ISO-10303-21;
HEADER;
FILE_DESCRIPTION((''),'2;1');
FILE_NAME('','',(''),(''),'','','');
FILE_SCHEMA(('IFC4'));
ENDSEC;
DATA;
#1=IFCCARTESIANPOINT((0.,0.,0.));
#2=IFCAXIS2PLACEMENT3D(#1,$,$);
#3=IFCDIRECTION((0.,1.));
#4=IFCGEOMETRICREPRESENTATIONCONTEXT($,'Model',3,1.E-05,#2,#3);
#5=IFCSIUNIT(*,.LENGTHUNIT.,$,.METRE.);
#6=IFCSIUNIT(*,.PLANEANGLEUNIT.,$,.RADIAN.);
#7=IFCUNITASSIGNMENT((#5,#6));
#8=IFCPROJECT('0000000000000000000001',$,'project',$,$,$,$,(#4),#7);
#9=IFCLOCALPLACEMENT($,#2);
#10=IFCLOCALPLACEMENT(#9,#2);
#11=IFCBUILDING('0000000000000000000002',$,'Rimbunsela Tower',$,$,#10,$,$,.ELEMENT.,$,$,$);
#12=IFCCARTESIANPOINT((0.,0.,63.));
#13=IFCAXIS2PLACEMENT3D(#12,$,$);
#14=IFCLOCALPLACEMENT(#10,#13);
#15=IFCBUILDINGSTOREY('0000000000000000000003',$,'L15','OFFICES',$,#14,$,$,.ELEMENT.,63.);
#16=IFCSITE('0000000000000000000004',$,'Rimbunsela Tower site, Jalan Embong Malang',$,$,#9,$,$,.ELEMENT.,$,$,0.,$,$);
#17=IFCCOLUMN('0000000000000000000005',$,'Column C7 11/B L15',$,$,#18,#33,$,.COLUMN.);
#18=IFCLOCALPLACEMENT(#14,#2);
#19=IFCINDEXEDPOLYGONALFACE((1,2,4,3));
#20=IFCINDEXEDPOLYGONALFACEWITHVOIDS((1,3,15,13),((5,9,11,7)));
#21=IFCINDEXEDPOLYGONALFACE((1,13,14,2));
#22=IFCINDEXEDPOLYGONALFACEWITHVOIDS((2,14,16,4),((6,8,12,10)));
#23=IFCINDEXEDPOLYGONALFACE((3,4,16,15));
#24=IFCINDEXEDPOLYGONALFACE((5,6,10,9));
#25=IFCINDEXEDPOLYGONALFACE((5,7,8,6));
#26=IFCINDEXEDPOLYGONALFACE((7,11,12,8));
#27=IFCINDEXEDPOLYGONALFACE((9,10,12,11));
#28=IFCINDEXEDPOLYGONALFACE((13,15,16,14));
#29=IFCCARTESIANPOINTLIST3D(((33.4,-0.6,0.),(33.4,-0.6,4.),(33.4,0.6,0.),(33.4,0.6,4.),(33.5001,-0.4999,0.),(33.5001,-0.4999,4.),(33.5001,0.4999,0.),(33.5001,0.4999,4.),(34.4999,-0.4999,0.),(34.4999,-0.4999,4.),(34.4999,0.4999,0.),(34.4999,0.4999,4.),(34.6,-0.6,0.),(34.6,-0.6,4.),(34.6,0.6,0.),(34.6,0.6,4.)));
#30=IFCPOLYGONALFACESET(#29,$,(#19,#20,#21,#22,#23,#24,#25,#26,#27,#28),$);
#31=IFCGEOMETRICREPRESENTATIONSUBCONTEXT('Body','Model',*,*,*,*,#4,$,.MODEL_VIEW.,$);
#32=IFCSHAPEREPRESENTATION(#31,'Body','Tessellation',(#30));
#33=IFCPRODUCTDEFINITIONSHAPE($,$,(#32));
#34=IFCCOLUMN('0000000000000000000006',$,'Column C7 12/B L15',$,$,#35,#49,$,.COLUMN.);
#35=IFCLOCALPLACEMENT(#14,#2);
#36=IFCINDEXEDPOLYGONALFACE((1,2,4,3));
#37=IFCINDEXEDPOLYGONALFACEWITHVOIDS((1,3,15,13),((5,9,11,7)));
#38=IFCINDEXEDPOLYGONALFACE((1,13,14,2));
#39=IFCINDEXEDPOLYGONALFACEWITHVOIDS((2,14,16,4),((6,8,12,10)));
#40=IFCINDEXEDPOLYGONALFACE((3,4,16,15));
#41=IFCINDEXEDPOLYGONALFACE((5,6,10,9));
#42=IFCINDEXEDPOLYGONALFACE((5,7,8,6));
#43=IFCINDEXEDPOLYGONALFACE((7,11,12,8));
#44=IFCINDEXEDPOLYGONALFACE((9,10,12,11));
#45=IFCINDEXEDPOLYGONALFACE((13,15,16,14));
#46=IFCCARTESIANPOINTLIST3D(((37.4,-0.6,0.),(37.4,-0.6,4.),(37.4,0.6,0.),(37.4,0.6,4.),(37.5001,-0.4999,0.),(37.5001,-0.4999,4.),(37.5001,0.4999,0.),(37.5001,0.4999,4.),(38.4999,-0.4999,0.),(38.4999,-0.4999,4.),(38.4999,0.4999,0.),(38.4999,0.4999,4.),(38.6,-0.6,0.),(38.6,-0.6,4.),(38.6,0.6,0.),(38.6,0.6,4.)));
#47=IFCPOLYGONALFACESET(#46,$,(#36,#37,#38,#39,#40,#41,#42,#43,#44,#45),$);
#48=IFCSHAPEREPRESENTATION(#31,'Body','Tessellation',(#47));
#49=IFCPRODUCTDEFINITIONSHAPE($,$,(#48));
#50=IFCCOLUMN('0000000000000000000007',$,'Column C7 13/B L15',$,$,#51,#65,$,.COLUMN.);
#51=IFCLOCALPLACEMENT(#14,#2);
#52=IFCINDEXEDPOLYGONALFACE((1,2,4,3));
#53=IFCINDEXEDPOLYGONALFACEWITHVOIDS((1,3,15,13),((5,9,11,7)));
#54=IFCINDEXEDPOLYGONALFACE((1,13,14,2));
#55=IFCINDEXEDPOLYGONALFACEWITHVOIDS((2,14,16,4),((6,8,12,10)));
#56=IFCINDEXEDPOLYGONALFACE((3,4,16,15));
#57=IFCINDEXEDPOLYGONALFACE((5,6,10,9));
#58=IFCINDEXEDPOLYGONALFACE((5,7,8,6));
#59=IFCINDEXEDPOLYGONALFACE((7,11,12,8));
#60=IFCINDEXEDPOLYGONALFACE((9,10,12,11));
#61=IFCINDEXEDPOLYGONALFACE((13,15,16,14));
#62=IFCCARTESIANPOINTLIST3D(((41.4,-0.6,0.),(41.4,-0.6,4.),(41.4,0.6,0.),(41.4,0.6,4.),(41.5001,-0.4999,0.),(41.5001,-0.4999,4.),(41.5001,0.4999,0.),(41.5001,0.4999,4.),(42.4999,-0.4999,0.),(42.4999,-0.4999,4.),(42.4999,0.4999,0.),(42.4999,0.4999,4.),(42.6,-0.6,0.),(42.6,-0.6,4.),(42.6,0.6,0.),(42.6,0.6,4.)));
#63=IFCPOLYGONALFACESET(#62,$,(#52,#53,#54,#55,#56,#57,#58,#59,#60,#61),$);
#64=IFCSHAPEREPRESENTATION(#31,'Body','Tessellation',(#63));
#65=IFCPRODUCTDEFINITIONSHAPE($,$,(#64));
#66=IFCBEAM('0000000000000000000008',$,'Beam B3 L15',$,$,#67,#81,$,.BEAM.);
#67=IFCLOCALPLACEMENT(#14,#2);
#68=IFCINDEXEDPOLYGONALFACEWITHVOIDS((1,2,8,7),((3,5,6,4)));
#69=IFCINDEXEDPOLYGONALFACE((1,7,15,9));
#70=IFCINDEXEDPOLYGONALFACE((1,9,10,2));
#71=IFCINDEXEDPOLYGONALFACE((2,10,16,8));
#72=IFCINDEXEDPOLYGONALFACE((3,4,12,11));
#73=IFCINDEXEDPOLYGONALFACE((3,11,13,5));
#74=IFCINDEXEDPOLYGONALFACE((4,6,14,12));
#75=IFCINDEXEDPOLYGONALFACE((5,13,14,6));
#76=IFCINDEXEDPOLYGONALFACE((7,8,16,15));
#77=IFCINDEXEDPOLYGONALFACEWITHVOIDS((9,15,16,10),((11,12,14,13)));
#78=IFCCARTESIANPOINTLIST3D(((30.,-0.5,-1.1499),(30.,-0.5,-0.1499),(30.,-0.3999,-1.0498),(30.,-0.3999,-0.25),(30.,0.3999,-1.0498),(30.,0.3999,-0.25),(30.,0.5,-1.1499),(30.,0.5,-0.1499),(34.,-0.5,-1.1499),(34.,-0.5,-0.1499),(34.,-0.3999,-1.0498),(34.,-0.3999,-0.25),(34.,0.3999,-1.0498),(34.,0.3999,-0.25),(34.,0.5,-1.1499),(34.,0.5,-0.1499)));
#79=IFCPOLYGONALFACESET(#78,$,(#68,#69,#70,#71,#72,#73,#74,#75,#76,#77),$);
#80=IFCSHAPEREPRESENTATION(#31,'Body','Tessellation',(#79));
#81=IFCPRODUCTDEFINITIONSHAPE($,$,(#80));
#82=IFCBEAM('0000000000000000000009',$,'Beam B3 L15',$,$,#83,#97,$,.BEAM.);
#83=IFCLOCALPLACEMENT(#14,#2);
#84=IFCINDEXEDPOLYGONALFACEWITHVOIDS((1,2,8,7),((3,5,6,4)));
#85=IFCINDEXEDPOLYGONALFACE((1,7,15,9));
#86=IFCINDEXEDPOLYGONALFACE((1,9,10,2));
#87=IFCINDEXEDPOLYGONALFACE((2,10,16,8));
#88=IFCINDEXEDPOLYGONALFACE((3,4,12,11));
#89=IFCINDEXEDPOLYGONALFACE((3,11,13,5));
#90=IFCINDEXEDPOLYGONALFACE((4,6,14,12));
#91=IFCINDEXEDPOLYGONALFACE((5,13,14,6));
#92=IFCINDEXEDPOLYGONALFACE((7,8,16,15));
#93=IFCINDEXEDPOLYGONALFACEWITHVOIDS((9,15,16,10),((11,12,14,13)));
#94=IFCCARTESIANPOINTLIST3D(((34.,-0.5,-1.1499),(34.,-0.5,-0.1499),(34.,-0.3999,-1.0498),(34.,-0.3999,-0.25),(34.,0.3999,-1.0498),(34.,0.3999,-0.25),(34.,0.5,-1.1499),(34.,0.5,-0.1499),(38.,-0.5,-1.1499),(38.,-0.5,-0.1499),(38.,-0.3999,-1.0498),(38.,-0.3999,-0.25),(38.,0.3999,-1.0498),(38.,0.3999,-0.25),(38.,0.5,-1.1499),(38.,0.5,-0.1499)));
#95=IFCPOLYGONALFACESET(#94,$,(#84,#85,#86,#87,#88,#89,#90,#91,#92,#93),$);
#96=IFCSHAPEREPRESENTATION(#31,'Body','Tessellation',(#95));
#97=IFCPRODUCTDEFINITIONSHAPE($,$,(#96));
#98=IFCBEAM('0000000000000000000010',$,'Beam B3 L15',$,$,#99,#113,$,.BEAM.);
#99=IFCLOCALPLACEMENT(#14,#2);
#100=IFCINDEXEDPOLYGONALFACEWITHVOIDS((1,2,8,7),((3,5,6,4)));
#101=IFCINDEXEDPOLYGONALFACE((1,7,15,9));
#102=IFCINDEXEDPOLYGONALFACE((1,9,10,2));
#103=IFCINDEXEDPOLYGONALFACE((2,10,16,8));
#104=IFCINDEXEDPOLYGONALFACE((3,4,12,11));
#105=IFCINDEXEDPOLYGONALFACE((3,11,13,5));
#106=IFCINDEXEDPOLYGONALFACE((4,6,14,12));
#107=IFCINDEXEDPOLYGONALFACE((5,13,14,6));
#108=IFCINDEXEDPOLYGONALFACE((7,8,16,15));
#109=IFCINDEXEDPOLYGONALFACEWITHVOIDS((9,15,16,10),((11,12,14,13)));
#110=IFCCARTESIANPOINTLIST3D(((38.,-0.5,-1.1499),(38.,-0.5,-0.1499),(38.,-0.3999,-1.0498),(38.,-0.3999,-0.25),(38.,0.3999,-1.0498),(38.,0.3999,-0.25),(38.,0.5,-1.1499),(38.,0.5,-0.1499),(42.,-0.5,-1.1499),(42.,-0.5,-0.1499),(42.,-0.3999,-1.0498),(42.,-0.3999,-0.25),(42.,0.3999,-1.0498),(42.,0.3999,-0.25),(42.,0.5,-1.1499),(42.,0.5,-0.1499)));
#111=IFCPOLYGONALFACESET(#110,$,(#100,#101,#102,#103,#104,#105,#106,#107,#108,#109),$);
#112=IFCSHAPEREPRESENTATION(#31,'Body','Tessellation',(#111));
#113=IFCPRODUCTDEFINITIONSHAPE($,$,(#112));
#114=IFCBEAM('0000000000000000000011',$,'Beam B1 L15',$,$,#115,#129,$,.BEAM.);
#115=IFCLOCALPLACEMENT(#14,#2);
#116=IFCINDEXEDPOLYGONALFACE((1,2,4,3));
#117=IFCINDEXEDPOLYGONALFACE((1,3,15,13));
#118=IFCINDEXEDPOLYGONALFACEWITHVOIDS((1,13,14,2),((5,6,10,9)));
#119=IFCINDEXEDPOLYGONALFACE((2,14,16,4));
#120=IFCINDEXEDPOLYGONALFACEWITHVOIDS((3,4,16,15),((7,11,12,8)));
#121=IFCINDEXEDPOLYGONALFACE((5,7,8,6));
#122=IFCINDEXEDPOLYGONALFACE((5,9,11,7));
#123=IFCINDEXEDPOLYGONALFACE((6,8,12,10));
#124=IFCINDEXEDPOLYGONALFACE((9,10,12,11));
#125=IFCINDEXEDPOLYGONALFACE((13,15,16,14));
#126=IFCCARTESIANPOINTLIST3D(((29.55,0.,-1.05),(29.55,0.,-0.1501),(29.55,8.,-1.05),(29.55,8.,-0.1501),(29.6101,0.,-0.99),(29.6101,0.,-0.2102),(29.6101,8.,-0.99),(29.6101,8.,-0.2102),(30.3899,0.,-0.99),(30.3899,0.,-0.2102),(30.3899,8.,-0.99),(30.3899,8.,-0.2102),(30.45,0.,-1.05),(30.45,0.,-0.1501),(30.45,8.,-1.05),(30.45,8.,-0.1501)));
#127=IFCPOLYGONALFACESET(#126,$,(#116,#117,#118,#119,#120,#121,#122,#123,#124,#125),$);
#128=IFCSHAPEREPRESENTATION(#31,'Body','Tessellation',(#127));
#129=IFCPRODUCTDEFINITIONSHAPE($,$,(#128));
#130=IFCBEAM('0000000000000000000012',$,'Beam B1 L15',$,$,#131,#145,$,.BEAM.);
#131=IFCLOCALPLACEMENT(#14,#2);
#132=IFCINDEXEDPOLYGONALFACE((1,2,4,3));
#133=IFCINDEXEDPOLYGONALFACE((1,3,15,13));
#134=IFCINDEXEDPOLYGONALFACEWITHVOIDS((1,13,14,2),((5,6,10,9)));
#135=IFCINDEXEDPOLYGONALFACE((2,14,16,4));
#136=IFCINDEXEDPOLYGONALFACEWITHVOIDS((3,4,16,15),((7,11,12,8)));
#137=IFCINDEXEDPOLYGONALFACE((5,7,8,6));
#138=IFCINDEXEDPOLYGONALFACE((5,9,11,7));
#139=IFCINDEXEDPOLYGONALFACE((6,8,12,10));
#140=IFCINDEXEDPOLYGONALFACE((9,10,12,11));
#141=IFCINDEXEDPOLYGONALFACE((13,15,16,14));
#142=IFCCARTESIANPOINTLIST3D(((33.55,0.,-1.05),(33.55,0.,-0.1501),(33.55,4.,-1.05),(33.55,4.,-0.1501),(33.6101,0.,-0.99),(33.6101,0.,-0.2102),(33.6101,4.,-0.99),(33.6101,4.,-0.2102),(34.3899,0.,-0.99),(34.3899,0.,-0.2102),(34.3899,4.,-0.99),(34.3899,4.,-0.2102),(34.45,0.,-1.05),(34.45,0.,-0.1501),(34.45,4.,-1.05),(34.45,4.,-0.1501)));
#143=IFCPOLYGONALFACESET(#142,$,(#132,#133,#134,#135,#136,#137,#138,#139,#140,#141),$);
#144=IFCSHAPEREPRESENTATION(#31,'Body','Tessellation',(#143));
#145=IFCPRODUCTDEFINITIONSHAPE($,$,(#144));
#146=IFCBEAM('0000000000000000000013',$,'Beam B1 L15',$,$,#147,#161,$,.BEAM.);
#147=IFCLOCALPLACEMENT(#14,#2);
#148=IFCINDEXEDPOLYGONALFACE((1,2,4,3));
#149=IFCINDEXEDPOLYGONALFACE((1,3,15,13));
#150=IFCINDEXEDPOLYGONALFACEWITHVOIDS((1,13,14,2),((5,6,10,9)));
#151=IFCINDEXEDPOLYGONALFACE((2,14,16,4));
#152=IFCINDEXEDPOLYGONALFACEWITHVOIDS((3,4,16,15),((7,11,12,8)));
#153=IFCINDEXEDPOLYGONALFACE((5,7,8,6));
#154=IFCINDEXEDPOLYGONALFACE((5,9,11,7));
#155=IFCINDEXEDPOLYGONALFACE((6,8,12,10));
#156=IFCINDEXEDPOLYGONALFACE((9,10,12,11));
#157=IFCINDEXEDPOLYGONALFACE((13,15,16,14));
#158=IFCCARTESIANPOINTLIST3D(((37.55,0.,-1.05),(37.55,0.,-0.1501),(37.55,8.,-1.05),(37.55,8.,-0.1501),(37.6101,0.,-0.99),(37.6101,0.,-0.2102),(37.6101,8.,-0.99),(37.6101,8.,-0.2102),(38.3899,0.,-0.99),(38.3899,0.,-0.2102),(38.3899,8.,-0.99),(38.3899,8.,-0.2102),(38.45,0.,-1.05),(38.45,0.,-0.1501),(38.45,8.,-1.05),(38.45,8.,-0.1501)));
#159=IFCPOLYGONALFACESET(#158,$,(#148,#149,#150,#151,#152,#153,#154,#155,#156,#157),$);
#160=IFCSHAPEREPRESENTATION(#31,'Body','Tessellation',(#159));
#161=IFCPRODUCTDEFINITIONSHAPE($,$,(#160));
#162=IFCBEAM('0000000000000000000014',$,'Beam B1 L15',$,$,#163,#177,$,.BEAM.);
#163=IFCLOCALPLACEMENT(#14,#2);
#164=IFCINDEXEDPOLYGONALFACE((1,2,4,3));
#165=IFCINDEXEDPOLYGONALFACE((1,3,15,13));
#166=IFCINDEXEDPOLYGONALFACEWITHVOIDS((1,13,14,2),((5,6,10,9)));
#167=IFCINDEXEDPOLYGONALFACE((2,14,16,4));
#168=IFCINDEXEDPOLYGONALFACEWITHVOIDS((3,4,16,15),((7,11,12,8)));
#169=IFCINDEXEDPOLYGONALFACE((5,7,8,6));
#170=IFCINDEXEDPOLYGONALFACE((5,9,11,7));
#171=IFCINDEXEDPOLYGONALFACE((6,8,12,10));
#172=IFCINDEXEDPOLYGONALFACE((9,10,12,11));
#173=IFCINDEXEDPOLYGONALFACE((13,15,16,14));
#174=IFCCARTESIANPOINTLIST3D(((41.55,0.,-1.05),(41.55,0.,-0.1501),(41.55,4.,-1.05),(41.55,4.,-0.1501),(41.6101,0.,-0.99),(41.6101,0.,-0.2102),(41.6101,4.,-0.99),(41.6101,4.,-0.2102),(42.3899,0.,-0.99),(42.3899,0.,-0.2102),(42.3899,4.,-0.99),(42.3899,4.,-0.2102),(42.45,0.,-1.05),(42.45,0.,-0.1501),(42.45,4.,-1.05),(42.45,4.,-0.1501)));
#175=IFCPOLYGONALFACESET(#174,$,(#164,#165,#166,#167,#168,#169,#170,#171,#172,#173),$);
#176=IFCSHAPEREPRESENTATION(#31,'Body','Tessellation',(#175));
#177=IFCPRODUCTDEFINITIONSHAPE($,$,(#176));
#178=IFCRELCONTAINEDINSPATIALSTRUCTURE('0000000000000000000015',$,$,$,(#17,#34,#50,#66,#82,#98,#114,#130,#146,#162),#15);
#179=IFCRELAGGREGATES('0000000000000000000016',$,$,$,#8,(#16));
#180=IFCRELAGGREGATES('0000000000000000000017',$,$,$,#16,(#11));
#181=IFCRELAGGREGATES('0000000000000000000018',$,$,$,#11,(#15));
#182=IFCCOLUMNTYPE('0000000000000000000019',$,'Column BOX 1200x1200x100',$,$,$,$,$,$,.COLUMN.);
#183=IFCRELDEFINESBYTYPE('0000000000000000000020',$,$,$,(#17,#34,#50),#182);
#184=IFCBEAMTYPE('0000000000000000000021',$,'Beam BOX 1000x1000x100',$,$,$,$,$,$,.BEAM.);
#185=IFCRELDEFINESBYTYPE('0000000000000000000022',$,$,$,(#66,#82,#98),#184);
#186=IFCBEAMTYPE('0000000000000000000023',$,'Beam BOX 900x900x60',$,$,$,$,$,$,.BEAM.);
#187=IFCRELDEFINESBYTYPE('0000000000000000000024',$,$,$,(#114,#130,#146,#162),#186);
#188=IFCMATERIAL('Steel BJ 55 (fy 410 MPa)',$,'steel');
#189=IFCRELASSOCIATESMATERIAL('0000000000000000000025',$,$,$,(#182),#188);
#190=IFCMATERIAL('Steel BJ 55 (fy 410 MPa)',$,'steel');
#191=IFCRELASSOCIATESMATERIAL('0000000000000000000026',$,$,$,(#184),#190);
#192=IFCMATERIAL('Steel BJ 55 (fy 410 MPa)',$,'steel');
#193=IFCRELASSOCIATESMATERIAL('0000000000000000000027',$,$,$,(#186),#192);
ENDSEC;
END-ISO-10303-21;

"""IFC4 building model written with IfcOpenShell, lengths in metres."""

from ifc_helpers import new_model, si_unit, direction, frame, origin, origin_2d, place, context, subcontext, project, spatial, hollow_rectangle, extrude, material, material_profile, profile_set, type_object, element, save


model = new_model("IFC4")

# Units and contexts
model_context = context("Model", 3, precision=1e-05, world=origin(), true_north=direction((0.0, 1.0)))
body_context = subcontext(model_context, "Body", "Model", "MODEL_VIEW")
ifc_project = project(units=[si_unit("LENGTHUNIT", "METRE"), si_unit("PLANEANGLEUNIT", "RADIAN")], contexts=[model_context])

# Site, building, storey
site_placement = place(None, origin())
site = spatial("IfcSite", under=ifc_project, at=site_placement, Name="Rimbunsela Tower site, Jalan Embong Malang", CompositionType="ELEMENT", RefElevation=0.0)
building_placement = place(site_placement, origin())
building = spatial("IfcBuilding", under=site, at=building_placement, Name="Rimbunsela Tower", CompositionType="ELEMENT")
storey_placement = place(building_placement, frame((0.0, 0.0, 63.0)))
storey = spatial("IfcBuildingStorey", under=building, at=storey_placement, Name="L15", Description="OFFICES", CompositionType="ELEMENT", Elevation=63.0)

# Columns
ifc_material_1 = material(Name="Steel BJ 55 (fy 410 MPa)", Category="steel")
ifc_material_profile_1 = material_profile(ifc_material_1, hollow_rectangle(XDim=1.2, YDim=1.2, WallThickness=0.1001, at=origin_2d()), Name="BOX 1200x1200x100")
ifc_profile_set_1 = profile_set([ifc_material_profile_1], Name="Steel BJ 55 (fy 410 MPa)")
column_type = type_object("IfcColumnType", Name="Column BOX 1200x1200x100", PredefinedType="COLUMN", material=ifc_profile_set_1)
for number, where, z_axis, x_axis, name in (
    (1, (34.0, 0.0, 0.0), (0.0, 0.0, 1.0), (1.0, 0.0, 0.0), "Column C7 11/B L15"),
    (2, (38.0, 0.0, 0.0), (0.0, 0.0, 1.0), (1.0, 0.0, 0.0), "Column C7 12/B L15"),
    (3, (42.0, 0.0, 0.0), (0.0, 0.0, 1.0), (1.0, 0.0, 0.0), "Column C7 13/B L15"),
):
    element("IfcColumn", number, at=place(storey_placement, frame(where, z_axis=z_axis, x_axis=x_axis)), inside=storey, type_object=column_type, Name=name, PredefinedType="COLUMN", context=body_context, shape_type="SweptSolid", body=[
        extrude(hollow_rectangle(XDim=1.2, YDim=1.2, WallThickness=0.1001, at=origin_2d()), origin(), (0.0, 0.0, 1.0), 4.0),
    ])

# Beams
ifc_material_2 = material(Name="Steel BJ 55 (fy 410 MPa)", Category="steel")
ifc_material_profile_2 = material_profile(ifc_material_2, hollow_rectangle(XDim=1.0, YDim=1.0, WallThickness=0.1001, at=origin_2d()), Name="BOX 1000x1000x100")
ifc_profile_set_2 = profile_set([ifc_material_profile_2], Name="Steel BJ 55 (fy 410 MPa)")
beam_type_1 = type_object("IfcBeamType", Name="Beam BOX 1000x1000x100", PredefinedType="BEAM", material=ifc_profile_set_2)
for number, where, z_axis, x_axis, name in (
    (4, (30.0, 0.0, -0.6499), (1.0, 0.0, 0.0), (0.0, 1.0, 0.0), "Beam B3 L15"),
    (5, (34.0, 0.0, -0.6499), (1.0, 0.0, 0.0), (0.0, 1.0, 0.0), "Beam B3 L15"),
    (6, (38.0, 0.0, -0.6499), (1.0, 0.0, 0.0), (0.0, 1.0, 0.0), "Beam B3 L15"),
):
    element("IfcBeam", number, at=place(storey_placement, frame(where, z_axis=z_axis, x_axis=x_axis)), inside=storey, type_object=beam_type_1, Name=name, PredefinedType="BEAM", context=body_context, shape_type="SweptSolid", body=[
        extrude(hollow_rectangle(XDim=1.0, YDim=1.0, WallThickness=0.1001, at=origin_2d()), origin(), (0.0, 0.0, 1.0), 4.0),
    ])
ifc_material_3 = material(Name="Steel BJ 55 (fy 410 MPa)", Category="steel")
ifc_material_profile_3 = material_profile(ifc_material_3, hollow_rectangle(XDim=0.8999, YDim=0.8999, WallThickness=0.0601, at=origin_2d()), Name="BOX 900x900x60")
ifc_profile_set_3 = profile_set([ifc_material_profile_3], Name="Steel BJ 55 (fy 410 MPa)")
beam_type_2 = type_object("IfcBeamType", Name="Beam BOX 900x900x60", PredefinedType="BEAM", material=ifc_profile_set_3)
beam_1_placement = place(storey_placement, frame((30.0, 0.0, -0.6001), z_axis=(0.0, 1.0, 0.0), x_axis=(-1.0, 0.0, 0.0)))
element("IfcBeam", 7, at=beam_1_placement, inside=storey, type_object=beam_type_2, Name="Beam B1 L15", PredefinedType="BEAM", context=body_context, shape_type="SweptSolid", body=[
    extrude(hollow_rectangle(XDim=0.8999, YDim=0.8999, WallThickness=0.0601, at=origin_2d()), origin(), (0.0, 0.0, 1.0), 8.0),
])
beam_2_placement = place(storey_placement, frame((34.0, 0.0, -0.6001), z_axis=(0.0, 1.0, 0.0), x_axis=(-1.0, 0.0, 0.0)))
element("IfcBeam", 8, at=beam_2_placement, inside=storey, type_object=beam_type_2, Name="Beam B1 L15", PredefinedType="BEAM", context=body_context, shape_type="SweptSolid", body=[
    extrude(hollow_rectangle(XDim=0.8999, YDim=0.8999, WallThickness=0.0601, at=origin_2d()), origin(), (0.0, 0.0, 1.0), 4.0),
])
beam_3_placement = place(storey_placement, frame((38.0, 0.0, -0.6001), z_axis=(0.0, 1.0, 0.0), x_axis=(-1.0, 0.0, 0.0)))
element("IfcBeam", 9, at=beam_3_placement, inside=storey, type_object=beam_type_2, Name="Beam B1 L15", PredefinedType="BEAM", context=body_context, shape_type="SweptSolid", body=[
    extrude(hollow_rectangle(XDim=0.8999, YDim=0.8999, WallThickness=0.0601, at=origin_2d()), origin(), (0.0, 0.0, 1.0), 8.0),
])
beam_4_placement = place(storey_placement, frame((42.0, 0.0, -0.6001), z_axis=(0.0, 1.0, 0.0), x_axis=(-1.0, 0.0, 0.0)))
element("IfcBeam", 10, at=beam_4_placement, inside=storey, type_object=beam_type_2, Name="Beam B1 L15", PredefinedType="BEAM", context=body_context, shape_type="SweptSolid", body=[
    extrude(hollow_rectangle(XDim=0.8999, YDim=0.8999, WallThickness=0.0601, at=origin_2d()), origin(), (0.0, 0.0, 1.0), 4.0),
])

save(model, "model.ifc")
